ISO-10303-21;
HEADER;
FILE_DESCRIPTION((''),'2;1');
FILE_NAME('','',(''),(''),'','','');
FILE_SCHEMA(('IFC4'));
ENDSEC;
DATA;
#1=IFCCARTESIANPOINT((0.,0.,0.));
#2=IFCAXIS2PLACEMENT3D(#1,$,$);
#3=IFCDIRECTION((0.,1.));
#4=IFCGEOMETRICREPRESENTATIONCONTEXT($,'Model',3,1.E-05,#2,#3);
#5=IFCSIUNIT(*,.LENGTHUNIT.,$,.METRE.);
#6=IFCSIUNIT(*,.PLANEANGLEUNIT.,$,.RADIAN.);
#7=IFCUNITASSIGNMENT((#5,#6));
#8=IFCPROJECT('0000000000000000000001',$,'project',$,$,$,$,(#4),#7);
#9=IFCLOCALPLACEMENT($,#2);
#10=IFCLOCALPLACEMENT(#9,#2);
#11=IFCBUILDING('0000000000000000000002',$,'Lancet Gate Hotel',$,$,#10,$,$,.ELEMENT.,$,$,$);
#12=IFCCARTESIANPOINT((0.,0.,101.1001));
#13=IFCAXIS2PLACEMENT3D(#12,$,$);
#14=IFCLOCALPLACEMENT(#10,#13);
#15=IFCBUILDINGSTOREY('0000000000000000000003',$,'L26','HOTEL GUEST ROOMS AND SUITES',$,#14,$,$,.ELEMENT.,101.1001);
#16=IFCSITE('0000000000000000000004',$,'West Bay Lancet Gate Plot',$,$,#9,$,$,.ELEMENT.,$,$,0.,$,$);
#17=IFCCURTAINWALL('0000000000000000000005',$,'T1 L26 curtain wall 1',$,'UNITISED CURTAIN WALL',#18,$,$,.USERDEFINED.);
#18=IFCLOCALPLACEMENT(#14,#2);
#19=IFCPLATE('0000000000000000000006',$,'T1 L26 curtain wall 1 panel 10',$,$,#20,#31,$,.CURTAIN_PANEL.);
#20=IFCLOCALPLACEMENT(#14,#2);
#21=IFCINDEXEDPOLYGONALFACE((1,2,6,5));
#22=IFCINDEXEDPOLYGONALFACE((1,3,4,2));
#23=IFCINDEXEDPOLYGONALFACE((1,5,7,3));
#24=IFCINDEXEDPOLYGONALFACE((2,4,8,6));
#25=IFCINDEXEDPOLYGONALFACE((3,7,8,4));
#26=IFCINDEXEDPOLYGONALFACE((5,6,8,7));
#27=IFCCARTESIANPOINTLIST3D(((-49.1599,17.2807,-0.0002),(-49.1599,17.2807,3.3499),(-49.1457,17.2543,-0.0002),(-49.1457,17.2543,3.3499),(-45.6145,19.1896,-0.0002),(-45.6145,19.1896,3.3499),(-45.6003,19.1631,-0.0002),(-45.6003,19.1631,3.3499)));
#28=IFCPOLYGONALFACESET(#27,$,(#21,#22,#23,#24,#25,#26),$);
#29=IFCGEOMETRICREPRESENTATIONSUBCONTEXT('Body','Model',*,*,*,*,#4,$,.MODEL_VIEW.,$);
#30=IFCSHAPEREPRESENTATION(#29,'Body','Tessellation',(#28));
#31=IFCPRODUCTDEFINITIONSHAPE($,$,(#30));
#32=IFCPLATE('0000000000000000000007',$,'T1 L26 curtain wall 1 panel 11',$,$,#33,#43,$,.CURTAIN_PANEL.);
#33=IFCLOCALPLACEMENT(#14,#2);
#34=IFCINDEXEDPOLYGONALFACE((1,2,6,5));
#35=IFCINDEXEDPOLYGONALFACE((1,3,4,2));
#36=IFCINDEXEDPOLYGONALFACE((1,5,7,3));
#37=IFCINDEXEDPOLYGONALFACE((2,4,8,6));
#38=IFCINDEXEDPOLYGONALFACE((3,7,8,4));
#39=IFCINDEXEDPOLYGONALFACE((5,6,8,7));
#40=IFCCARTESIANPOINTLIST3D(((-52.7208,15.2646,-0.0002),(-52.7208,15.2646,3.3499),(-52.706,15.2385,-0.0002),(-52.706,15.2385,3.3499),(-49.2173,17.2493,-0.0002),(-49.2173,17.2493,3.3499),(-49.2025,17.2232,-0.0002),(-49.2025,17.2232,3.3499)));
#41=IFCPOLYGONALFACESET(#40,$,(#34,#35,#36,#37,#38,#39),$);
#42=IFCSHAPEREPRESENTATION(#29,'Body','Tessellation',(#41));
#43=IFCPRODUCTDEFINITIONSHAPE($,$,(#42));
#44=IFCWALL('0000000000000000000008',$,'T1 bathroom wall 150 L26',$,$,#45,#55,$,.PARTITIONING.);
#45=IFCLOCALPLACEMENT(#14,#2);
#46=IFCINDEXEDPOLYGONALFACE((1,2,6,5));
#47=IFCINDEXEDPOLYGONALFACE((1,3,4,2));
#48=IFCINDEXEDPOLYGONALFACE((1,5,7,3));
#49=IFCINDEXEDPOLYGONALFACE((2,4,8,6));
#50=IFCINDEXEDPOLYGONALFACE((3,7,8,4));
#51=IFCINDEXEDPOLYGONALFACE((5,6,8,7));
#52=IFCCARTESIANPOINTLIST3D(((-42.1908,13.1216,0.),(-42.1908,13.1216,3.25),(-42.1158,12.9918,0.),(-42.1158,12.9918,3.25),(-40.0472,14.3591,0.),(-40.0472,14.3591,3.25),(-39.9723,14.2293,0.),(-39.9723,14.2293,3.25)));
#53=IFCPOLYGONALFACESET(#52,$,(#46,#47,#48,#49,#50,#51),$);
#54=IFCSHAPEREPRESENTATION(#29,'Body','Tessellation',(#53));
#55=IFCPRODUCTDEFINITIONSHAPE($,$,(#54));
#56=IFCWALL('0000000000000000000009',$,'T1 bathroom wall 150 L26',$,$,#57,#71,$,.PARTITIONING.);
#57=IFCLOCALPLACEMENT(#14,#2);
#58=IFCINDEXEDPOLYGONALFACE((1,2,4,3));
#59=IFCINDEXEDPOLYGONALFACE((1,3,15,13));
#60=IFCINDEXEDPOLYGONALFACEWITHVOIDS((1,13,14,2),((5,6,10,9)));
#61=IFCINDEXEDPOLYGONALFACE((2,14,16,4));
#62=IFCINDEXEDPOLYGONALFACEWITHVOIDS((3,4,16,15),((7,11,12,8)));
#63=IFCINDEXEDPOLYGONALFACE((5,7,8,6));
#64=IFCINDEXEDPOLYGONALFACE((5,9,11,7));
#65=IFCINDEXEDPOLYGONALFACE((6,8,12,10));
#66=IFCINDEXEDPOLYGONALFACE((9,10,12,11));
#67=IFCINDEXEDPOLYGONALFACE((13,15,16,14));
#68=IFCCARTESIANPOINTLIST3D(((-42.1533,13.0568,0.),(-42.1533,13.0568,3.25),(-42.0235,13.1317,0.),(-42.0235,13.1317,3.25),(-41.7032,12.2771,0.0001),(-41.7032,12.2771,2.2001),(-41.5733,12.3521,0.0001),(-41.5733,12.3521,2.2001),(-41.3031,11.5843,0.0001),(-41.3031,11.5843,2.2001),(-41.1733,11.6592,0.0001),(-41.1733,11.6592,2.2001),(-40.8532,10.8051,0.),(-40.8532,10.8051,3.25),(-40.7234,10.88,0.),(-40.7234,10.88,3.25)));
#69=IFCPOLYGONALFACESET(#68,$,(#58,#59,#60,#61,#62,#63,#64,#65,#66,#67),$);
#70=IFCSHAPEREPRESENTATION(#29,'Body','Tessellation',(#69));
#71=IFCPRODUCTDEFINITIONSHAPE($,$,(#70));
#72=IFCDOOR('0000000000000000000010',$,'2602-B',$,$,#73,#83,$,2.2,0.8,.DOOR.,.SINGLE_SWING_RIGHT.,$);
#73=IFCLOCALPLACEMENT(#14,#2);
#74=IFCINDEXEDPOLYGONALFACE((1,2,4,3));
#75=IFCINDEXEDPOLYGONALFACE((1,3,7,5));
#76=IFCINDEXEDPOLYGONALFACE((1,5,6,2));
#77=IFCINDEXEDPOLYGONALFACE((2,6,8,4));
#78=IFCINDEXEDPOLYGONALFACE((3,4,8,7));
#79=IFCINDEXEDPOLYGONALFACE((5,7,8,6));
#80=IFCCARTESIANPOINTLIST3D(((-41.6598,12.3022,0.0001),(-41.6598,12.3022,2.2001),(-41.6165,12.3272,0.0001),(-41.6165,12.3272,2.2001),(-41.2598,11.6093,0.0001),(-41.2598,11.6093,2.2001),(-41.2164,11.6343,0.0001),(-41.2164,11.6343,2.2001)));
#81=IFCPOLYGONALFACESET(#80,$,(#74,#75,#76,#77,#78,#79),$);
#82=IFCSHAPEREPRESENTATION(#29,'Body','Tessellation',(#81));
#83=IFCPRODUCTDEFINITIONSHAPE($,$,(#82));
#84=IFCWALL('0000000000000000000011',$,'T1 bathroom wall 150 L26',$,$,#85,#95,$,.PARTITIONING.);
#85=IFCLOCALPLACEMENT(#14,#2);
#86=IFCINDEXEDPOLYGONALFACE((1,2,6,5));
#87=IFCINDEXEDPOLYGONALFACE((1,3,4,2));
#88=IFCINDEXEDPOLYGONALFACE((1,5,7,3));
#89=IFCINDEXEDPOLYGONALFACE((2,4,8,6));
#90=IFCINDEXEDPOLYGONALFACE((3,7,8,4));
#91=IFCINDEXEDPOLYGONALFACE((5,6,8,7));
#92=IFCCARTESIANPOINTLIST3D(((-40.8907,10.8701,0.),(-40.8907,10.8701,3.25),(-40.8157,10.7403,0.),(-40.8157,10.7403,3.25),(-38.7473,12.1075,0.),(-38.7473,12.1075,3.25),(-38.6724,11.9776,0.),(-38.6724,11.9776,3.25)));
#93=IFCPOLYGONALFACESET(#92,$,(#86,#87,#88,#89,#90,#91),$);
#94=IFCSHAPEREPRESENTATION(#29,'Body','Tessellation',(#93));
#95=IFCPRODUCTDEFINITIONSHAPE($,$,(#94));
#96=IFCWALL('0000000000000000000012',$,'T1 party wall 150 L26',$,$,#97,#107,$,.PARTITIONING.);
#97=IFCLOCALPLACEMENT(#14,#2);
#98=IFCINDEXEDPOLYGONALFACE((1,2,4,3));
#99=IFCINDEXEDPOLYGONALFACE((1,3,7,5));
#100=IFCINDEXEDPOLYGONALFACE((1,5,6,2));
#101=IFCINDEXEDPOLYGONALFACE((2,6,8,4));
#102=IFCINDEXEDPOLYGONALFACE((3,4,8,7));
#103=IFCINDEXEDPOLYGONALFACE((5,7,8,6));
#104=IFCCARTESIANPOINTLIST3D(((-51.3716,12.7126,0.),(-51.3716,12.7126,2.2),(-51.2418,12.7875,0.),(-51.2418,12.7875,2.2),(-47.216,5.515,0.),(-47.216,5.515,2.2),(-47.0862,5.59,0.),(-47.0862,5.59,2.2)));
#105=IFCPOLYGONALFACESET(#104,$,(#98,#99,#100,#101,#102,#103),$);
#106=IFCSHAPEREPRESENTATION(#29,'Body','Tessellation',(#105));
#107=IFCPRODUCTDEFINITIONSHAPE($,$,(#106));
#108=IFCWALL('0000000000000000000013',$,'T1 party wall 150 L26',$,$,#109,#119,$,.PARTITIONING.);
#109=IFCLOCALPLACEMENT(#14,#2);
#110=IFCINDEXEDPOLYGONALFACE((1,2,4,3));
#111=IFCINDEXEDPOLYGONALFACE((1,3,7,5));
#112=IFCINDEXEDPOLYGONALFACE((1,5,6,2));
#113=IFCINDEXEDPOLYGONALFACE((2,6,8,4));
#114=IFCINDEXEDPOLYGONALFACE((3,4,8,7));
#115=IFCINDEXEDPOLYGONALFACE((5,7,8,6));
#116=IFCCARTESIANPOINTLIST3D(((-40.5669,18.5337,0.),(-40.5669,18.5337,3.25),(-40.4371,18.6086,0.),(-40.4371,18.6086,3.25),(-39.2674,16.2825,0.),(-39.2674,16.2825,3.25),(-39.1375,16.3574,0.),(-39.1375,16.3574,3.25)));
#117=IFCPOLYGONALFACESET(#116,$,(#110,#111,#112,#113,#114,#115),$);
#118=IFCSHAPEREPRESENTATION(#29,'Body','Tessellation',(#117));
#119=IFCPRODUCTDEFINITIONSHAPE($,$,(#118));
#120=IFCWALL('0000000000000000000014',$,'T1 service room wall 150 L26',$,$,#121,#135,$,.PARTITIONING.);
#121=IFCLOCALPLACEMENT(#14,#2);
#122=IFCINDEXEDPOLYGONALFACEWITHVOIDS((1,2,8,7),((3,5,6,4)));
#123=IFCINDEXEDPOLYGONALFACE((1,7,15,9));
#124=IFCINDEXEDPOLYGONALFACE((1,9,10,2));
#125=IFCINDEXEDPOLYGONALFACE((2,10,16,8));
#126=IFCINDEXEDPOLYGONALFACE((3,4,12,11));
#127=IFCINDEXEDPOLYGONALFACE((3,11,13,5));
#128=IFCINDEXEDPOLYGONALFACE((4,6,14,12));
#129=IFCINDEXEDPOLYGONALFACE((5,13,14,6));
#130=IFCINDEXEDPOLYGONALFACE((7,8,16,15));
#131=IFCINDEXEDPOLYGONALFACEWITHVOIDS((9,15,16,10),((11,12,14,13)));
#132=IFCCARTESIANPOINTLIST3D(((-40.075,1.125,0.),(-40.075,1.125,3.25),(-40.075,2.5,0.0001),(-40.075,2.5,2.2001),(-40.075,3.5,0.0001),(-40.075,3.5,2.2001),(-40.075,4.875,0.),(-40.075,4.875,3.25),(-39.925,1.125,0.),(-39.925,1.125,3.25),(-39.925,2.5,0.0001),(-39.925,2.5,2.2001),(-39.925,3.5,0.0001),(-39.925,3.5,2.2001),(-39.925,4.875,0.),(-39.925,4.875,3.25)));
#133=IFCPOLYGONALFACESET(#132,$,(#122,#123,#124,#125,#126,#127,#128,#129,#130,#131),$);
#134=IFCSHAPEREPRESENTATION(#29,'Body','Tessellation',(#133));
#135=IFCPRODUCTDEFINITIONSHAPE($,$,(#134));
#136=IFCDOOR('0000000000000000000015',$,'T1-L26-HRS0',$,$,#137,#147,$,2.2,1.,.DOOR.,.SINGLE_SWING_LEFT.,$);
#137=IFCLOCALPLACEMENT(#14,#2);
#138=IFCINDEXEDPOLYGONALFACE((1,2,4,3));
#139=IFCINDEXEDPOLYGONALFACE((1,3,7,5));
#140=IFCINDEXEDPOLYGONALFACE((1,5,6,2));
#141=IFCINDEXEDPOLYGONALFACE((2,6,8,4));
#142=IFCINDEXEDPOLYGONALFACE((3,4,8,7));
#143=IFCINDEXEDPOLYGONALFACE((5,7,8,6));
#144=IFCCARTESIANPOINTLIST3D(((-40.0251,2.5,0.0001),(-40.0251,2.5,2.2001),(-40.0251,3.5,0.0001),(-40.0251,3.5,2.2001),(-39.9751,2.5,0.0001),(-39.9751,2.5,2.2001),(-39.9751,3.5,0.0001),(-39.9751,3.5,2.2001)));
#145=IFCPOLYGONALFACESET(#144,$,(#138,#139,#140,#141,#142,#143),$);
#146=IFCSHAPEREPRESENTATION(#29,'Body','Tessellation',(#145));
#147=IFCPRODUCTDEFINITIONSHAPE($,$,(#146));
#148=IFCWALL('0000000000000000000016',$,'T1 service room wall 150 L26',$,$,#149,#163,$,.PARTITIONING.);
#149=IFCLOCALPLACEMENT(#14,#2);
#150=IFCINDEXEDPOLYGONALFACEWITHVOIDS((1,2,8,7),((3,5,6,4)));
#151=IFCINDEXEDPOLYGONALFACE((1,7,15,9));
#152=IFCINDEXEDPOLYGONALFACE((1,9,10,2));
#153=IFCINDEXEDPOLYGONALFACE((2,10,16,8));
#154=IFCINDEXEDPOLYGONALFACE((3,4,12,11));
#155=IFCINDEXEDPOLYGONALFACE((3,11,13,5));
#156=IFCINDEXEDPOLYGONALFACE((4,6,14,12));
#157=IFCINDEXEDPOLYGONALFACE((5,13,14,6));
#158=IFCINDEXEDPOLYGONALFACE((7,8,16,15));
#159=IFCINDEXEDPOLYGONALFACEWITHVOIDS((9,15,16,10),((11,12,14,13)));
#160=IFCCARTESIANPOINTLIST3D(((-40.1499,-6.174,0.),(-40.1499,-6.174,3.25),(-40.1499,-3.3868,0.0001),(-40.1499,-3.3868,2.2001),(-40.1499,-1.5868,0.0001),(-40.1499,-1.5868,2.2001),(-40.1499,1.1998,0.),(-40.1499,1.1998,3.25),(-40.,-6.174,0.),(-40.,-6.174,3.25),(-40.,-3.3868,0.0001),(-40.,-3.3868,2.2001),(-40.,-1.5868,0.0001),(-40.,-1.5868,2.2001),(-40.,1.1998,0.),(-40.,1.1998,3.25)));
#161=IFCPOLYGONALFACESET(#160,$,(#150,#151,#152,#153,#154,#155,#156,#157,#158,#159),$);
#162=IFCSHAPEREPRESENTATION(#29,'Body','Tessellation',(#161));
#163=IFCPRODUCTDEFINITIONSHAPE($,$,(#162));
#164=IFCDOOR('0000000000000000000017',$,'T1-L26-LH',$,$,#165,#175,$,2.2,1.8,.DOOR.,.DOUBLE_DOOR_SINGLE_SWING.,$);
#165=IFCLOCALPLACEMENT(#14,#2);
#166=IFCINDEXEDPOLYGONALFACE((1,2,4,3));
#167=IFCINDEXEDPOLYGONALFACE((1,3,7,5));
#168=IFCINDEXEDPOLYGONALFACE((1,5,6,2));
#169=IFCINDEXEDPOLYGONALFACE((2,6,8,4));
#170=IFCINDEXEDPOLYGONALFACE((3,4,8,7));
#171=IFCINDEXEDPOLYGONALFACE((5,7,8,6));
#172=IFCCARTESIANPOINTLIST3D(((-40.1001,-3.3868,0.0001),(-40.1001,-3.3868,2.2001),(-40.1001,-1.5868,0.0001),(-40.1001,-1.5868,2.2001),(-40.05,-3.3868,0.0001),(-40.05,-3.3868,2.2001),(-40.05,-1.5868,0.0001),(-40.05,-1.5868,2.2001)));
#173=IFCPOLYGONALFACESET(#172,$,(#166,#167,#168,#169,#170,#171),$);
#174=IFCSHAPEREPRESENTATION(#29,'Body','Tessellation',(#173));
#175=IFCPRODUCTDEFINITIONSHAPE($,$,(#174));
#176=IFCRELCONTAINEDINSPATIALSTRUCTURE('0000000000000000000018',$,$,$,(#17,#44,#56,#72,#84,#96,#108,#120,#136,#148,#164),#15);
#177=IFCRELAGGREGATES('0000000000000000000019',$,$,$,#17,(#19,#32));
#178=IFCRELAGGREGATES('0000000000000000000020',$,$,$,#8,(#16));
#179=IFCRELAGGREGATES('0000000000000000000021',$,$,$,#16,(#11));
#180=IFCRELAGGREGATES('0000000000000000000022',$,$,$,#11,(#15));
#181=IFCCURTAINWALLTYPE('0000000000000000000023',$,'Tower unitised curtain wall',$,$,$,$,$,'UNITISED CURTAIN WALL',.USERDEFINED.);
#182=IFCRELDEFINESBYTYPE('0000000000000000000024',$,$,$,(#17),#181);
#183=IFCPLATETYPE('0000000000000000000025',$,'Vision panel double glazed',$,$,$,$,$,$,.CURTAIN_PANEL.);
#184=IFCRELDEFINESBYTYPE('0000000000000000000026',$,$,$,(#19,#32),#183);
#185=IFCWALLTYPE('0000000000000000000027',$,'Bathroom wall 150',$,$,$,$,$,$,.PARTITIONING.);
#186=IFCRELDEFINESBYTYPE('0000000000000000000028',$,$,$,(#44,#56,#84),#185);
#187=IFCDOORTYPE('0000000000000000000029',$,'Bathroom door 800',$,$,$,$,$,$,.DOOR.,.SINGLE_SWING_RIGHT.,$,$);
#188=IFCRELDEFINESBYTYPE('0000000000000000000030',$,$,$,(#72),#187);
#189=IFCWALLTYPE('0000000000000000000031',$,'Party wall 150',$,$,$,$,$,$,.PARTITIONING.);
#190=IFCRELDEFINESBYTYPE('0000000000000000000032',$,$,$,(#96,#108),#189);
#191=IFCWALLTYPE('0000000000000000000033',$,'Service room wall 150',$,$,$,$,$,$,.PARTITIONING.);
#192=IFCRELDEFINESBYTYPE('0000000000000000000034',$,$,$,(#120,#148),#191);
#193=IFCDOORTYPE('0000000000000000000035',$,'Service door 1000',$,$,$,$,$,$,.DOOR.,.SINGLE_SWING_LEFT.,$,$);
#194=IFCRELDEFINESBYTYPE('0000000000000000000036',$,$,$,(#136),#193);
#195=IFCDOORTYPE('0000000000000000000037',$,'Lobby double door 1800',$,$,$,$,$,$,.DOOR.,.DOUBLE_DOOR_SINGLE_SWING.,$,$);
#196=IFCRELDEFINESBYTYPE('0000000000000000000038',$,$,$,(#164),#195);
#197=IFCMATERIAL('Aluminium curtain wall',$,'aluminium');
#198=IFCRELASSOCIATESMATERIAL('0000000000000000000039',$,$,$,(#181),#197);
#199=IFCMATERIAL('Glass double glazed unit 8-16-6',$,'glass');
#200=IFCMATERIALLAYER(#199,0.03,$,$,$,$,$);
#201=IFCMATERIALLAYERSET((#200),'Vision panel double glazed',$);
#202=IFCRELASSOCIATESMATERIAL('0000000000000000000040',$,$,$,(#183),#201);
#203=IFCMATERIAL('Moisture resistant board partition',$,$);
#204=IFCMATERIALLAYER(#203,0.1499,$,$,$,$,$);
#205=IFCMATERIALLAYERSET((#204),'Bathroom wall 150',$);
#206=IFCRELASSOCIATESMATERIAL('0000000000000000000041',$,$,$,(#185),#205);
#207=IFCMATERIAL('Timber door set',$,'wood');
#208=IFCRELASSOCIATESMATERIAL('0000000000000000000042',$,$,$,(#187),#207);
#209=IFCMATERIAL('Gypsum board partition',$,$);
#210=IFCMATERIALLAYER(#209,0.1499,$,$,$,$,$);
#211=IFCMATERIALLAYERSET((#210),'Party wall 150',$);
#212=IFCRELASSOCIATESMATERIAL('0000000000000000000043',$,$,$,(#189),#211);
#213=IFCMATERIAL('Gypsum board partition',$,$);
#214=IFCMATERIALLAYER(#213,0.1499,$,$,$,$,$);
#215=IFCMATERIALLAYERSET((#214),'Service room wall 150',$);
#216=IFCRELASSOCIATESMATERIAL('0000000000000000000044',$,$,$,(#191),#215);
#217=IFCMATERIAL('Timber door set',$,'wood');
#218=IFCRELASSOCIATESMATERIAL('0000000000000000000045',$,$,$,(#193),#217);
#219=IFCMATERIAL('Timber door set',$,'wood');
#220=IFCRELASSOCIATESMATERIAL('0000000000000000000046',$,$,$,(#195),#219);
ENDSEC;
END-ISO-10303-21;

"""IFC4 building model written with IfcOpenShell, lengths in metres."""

from ifc_helpers import new_model, si_unit, direction, frame, frame_2d, origin, origin_2d, place, context, subcontext, project, spatial, rectangle, extrude, material, layer, layer_set, type_object, element, fill, aggregate, save


model = new_model("IFC4")

# Units and contexts
model_context = context("Model", 3, precision=1e-05, world=origin(), true_north=direction((0.0, 1.0)))
body_context = subcontext(model_context, "Body", "Model", "MODEL_VIEW")
ifc_project = project(units=[si_unit("LENGTHUNIT", "METRE"), si_unit("PLANEANGLEUNIT", "RADIAN")], contexts=[model_context])

# Site, building, storey
site_placement = place(None, origin())
site = spatial("IfcSite", under=ifc_project, at=site_placement, Name="West Bay Lancet Gate Plot", CompositionType="ELEMENT", RefElevation=0.0)
building_placement = place(site_placement, origin())
building = spatial("IfcBuilding", under=site, at=building_placement, Name="Lancet Gate Hotel", CompositionType="ELEMENT")
storey_placement = place(building_placement, frame((0.0, 0.0, 101.1001)))
storey = spatial("IfcBuildingStorey", under=building, at=storey_placement, Name="L26", Description="HOTEL GUEST ROOMS AND SUITES", CompositionType="ELEMENT", Elevation=101.1001)

# Curtain wall
ifc_material_1 = material(Name="Aluminium curtain wall", Category="aluminium")
curtain_wall_type = type_object("IfcCurtainWallType", Name="Tower unitised curtain wall", ElementType="UNITISED CURTAIN WALL", PredefinedType="USERDEFINED", material=ifc_material_1)
curtain_wall_placement = place(storey_placement, origin())
curtain_wall = element("IfcCurtainWall", 1, at=curtain_wall_placement, inside=storey, type_object=curtain_wall_type, Name="T1 L26 curtain wall 1", ObjectType="UNITISED CURTAIN WALL", PredefinedType="USERDEFINED")

# Plates
ifc_material_2 = material(Name="Glass double glazed unit 8-16-6", Category="glass")
ifc_layer_1 = layer(ifc_material_2, 0.03)
ifc_layer_set_1 = layer_set([ifc_layer_1], Name="Vision panel double glazed")
plate_type = type_object("IfcPlateType", Name="Vision panel double glazed", PredefinedType="CURTAIN_PANEL", material=ifc_layer_set_1)
plate_1_placement = place(storey_placement, frame((-47.3801, 18.2219, -0.0002), z_axis=(0.0, 0.0, 1.0), x_axis=(-0.880493, -0.47406, 0.0)))
plate_1 = element("IfcPlate", 2, at=plate_1_placement, type_object=plate_type, Name="T1 L26 curtain wall 1 panel 10", PredefinedType="CURTAIN_PANEL", context=body_context, shape_type="SweptSolid", body=[
    extrude(rectangle(XDim=4.0266, YDim=0.03, at=origin_2d()), origin(), (0.0, 0.0, 1.0), 3.3501),
])
plate_2_placement = place(storey_placement, frame((-50.9617, 16.2439, -0.0002), z_axis=(0.0, 0.0, 1.0), x_axis=(-0.870084, -0.492904, 0.0)))
plate_2 = element("IfcPlate", 3, at=plate_2_placement, type_object=plate_type, Name="T1 L26 curtain wall 1 panel 11", PredefinedType="CURTAIN_PANEL", context=body_context, shape_type="SweptSolid", body=[
    extrude(rectangle(XDim=4.0266, YDim=0.03, at=origin_2d()), origin(), (0.0, 0.0, 1.0), 3.3501),
])
aggregate(curtain_wall, [plate_1, plate_2])

# Wall
ifc_material_3 = material(Name="Moisture resistant board partition")
ifc_layer_2 = layer(ifc_material_3, 0.1499)
ifc_layer_set_2 = layer_set([ifc_layer_2], Name="Bathroom wall 150")
wall_type_1 = type_object("IfcWallType", Name="Bathroom wall 150", PredefinedType="PARTITIONING", material=ifc_layer_set_2)
wall_1_placement = place(storey_placement, frame((-40.0098, 14.2942, 0.0), z_axis=(0.0, 0.0, 1.0), x_axis=(-0.866031, -0.49999, 0.0)))
element("IfcWall", 4, at=wall_1_placement, inside=storey, type_object=wall_type_1, Name="T1 bathroom wall 150 L26", PredefinedType="PARTITIONING", context=body_context, shape_type="SweptSolid", body=[
    extrude(rectangle(XDim=2.4751, YDim=0.1499, at=frame_2d((1.2375, 0.0))), origin(), (0.0, 0.0, 1.0), 3.25),
])

# Wall, opening, door
wall_2_placement = place(storey_placement, frame((-40.7883, 10.8425, 0.0), z_axis=(0.0, 0.0, 1.0), x_axis=(-0.500007, 0.866021, 0.0)))
wall_2 = element("IfcWall", 5, at=wall_2_placement, inside=storey, type_object=wall_type_1, Name="T1 bathroom wall 150 L26", PredefinedType="PARTITIONING", context=body_context, shape_type="SweptSolid", body=[
    extrude(rectangle(XDim=2.6001, YDim=0.1499, at=frame_2d((1.3, 0.0))), origin(), (0.0, 0.0, 1.0), 3.25),
])
opening_1_placement = place(wall_2_placement, frame((0.8999, 0.0, 0.0)))
opening_1 = element("IfcOpeningElement", 6, at=opening_1_placement, cuts=wall_2, PredefinedType="OPENING", context=body_context, shape_type="SweptSolid", body=[
    extrude(rectangle(XDim=0.8, YDim=2.2, at=frame_2d((0.3999, 1.1001))), frame((0.0, 0.085, 0.0), z_axis=(0.0, -1.0, 0.0), x_axis=(1.0, 0.0, 0.0)), (0.0, 0.0, 1.0), 0.1699),
])
ifc_material_4 = material(Name="Timber door set", Category="wood")
door_type_1 = type_object("IfcDoorType", Name="Bathroom door 800", OperationType="SINGLE_SWING_RIGHT", PredefinedType="DOOR", material=ifc_material_4)
door_1_placement = place(opening_1_placement, origin())
door_1 = element("IfcDoor", 7, at=door_1_placement, inside=storey, type_object=door_type_1, Name="2602-B", OperationType="SINGLE_SWING_RIGHT", OverallHeight=2.2, OverallWidth=0.8, PredefinedType="DOOR", context=body_context, shape_type="SweptSolid", body=[
    extrude(rectangle(XDim=0.8, YDim=2.2, at=frame_2d((0.3999, 1.1001))), frame((0.0, 0.0249, 0.0), z_axis=(0.0, -1.0, 0.0), x_axis=(1.0, 0.0, 0.0)), (0.0, 0.0, 1.0), 0.05),
])
fill(opening_1, door_1)

# Walls
wall_3_placement = place(storey_placement, frame((-38.71, 12.0425, 0.0), z_axis=(0.0, 0.0, 1.0), x_axis=(-0.866049, -0.499959, 0.0)))
element("IfcWall", 8, at=wall_3_placement, inside=storey, type_object=wall_type_1, Name="T1 bathroom wall 150 L26", PredefinedType="PARTITIONING", context=body_context, shape_type="SweptSolid", body=[
    extrude(rectangle(XDim=2.4749, YDim=0.1499, at=frame_2d((1.2373, 0.0))), origin(), (0.0, 0.0, 1.0), 3.25),
])
ifc_material_5 = material(Name="Gypsum board partition")
ifc_layer_3 = layer(ifc_material_5, 0.1499)
ifc_layer_set_3 = layer_set([ifc_layer_3], Name="Party wall 150")
wall_type_2 = type_object("IfcWallType", Name="Party wall 150", PredefinedType="PARTITIONING", material=ifc_layer_set_3)
wall_4_placement = place(storey_placement, frame((-47.1511, 5.5525, 0.0), z_axis=(0.0, 0.0, 1.0), x_axis=(-0.500003, 0.866024, 0.0)))
element("IfcWall", 9, at=wall_4_placement, inside=storey, type_object=wall_type_2, Name="T1 party wall 150 L26", PredefinedType="PARTITIONING", context=body_context, shape_type="SweptSolid", body=[
    extrude(rectangle(XDim=8.311, YDim=0.1499, at=frame_2d((4.1555, 0.0))), origin(), (0.0, 0.0, 1.0), 2.2),
])
wall_5_placement = place(storey_placement, frame((-39.2024, 16.3198, 0.0), z_axis=(0.0, 0.0, 1.0), x_axis=(-0.499947, 0.866056, 0.0)))
element("IfcWall", 10, at=wall_5_placement, inside=storey, type_object=wall_type_2, Name="T1 party wall 150 L26", PredefinedType="PARTITIONING", context=body_context, shape_type="SweptSolid", body=[
    extrude(rectangle(XDim=2.5994, YDim=0.1499, at=frame_2d((1.2998, 0.0))), origin(), (0.0, 0.0, 1.0), 3.25),
])

# Walls, openings, doors
ifc_material_6 = material(Name="Gypsum board partition")
ifc_layer_4 = layer(ifc_material_6, 0.1499)
ifc_layer_set_4 = layer_set([ifc_layer_4], Name="Service room wall 150")
wall_type_3 = type_object("IfcWallType", Name="Service room wall 150", PredefinedType="PARTITIONING", material=ifc_layer_set_4)
wall_6_placement = place(storey_placement, frame((-40.0, 4.875, 0.0), z_axis=(0.0, 0.0, 1.0), x_axis=(0.0, -1.0, 0.0)))
wall_6 = element("IfcWall", 11, at=wall_6_placement, inside=storey, type_object=wall_type_3, Name="T1 service room wall 150 L26", PredefinedType="PARTITIONING", context=body_context, shape_type="SweptSolid", body=[
    extrude(rectangle(XDim=3.75, YDim=0.1499, at=frame_2d((1.875, 0.0))), origin(), (0.0, 0.0, 1.0), 3.25),
])
opening_2_placement = place(wall_6_placement, frame((1.375, 0.0, 0.0)))
opening_2 = element("IfcOpeningElement", 12, at=opening_2_placement, cuts=wall_6, PredefinedType="OPENING", context=body_context, shape_type="SweptSolid", body=[
    extrude(rectangle(XDim=1.0, YDim=2.2, at=frame_2d((0.5, 1.1001))), frame((0.0, 0.085, 0.0), z_axis=(0.0, -1.0, 0.0), x_axis=(1.0, 0.0, 0.0)), (0.0, 0.0, 1.0), 0.1699),
])
ifc_material_7 = material(Name="Timber door set", Category="wood")
door_type_2 = type_object("IfcDoorType", Name="Service door 1000", OperationType="SINGLE_SWING_LEFT", PredefinedType="DOOR", material=ifc_material_7)
door_2_placement = place(opening_2_placement, origin())
door_2 = element("IfcDoor", 13, at=door_2_placement, inside=storey, type_object=door_type_2, Name="T1-L26-HRS0", OperationType="SINGLE_SWING_LEFT", OverallHeight=2.2, OverallWidth=1.0, PredefinedType="DOOR", context=body_context, shape_type="SweptSolid", body=[
    extrude(rectangle(XDim=1.0, YDim=2.2, at=frame_2d((0.5, 1.1001))), frame((0.0, 0.0249, 0.0), z_axis=(0.0, -1.0, 0.0), x_axis=(1.0, 0.0, 0.0)), (0.0, 0.0, 1.0), 0.05),
])
fill(opening_2, door_2)
wall_7_placement = place(storey_placement, frame((-40.075, 1.2, 0.0), z_axis=(0.0, 0.0, 1.0), x_axis=(0.0, -1.0, 0.0)))
wall_7 = element("IfcWall", 14, at=wall_7_placement, inside=storey, type_object=wall_type_3, Name="T1 service room wall 150 L26", PredefinedType="PARTITIONING", context=body_context, shape_type="SweptSolid", body=[
    extrude(rectangle(XDim=7.3738, YDim=0.1499, at=frame_2d((3.687, 0.0))), origin(), (0.0, 0.0, 1.0), 3.25),
])
opening_3_placement = place(wall_7_placement, frame((2.7869, 0.0, 0.0)))
opening_3 = element("IfcOpeningElement", 15, at=opening_3_placement, cuts=wall_7, PredefinedType="OPENING", context=body_context, shape_type="SweptSolid", body=[
    extrude(rectangle(XDim=1.8, YDim=2.2, at=frame_2d((0.8999, 1.1001))), frame((0.0, 0.085, 0.0), z_axis=(0.0, -1.0, 0.0), x_axis=(1.0, 0.0, 0.0)), (0.0, 0.0, 1.0), 0.1699),
])
ifc_material_8 = material(Name="Timber door set", Category="wood")
door_type_3 = type_object("IfcDoorType", Name="Lobby double door 1800", OperationType="DOUBLE_DOOR_SINGLE_SWING", PredefinedType="DOOR", material=ifc_material_8)
door_3_placement = place(opening_3_placement, origin())
door_3 = element("IfcDoor", 16, at=door_3_placement, inside=storey, type_object=door_type_3, Name="T1-L26-LH", OperationType="DOUBLE_DOOR_SINGLE_SWING", OverallHeight=2.2, OverallWidth=1.8, PredefinedType="DOOR", context=body_context, shape_type="SweptSolid", body=[
    extrude(rectangle(XDim=1.8, YDim=2.2, at=frame_2d((0.8999, 1.1001))), frame((0.0, 0.0249, 0.0), z_axis=(0.0, -1.0, 0.0), x_axis=(1.0, 0.0, 0.0)), (0.0, 0.0, 1.0), 0.05),
])
fill(opening_3, door_3)

save(model, "model.ifc")
